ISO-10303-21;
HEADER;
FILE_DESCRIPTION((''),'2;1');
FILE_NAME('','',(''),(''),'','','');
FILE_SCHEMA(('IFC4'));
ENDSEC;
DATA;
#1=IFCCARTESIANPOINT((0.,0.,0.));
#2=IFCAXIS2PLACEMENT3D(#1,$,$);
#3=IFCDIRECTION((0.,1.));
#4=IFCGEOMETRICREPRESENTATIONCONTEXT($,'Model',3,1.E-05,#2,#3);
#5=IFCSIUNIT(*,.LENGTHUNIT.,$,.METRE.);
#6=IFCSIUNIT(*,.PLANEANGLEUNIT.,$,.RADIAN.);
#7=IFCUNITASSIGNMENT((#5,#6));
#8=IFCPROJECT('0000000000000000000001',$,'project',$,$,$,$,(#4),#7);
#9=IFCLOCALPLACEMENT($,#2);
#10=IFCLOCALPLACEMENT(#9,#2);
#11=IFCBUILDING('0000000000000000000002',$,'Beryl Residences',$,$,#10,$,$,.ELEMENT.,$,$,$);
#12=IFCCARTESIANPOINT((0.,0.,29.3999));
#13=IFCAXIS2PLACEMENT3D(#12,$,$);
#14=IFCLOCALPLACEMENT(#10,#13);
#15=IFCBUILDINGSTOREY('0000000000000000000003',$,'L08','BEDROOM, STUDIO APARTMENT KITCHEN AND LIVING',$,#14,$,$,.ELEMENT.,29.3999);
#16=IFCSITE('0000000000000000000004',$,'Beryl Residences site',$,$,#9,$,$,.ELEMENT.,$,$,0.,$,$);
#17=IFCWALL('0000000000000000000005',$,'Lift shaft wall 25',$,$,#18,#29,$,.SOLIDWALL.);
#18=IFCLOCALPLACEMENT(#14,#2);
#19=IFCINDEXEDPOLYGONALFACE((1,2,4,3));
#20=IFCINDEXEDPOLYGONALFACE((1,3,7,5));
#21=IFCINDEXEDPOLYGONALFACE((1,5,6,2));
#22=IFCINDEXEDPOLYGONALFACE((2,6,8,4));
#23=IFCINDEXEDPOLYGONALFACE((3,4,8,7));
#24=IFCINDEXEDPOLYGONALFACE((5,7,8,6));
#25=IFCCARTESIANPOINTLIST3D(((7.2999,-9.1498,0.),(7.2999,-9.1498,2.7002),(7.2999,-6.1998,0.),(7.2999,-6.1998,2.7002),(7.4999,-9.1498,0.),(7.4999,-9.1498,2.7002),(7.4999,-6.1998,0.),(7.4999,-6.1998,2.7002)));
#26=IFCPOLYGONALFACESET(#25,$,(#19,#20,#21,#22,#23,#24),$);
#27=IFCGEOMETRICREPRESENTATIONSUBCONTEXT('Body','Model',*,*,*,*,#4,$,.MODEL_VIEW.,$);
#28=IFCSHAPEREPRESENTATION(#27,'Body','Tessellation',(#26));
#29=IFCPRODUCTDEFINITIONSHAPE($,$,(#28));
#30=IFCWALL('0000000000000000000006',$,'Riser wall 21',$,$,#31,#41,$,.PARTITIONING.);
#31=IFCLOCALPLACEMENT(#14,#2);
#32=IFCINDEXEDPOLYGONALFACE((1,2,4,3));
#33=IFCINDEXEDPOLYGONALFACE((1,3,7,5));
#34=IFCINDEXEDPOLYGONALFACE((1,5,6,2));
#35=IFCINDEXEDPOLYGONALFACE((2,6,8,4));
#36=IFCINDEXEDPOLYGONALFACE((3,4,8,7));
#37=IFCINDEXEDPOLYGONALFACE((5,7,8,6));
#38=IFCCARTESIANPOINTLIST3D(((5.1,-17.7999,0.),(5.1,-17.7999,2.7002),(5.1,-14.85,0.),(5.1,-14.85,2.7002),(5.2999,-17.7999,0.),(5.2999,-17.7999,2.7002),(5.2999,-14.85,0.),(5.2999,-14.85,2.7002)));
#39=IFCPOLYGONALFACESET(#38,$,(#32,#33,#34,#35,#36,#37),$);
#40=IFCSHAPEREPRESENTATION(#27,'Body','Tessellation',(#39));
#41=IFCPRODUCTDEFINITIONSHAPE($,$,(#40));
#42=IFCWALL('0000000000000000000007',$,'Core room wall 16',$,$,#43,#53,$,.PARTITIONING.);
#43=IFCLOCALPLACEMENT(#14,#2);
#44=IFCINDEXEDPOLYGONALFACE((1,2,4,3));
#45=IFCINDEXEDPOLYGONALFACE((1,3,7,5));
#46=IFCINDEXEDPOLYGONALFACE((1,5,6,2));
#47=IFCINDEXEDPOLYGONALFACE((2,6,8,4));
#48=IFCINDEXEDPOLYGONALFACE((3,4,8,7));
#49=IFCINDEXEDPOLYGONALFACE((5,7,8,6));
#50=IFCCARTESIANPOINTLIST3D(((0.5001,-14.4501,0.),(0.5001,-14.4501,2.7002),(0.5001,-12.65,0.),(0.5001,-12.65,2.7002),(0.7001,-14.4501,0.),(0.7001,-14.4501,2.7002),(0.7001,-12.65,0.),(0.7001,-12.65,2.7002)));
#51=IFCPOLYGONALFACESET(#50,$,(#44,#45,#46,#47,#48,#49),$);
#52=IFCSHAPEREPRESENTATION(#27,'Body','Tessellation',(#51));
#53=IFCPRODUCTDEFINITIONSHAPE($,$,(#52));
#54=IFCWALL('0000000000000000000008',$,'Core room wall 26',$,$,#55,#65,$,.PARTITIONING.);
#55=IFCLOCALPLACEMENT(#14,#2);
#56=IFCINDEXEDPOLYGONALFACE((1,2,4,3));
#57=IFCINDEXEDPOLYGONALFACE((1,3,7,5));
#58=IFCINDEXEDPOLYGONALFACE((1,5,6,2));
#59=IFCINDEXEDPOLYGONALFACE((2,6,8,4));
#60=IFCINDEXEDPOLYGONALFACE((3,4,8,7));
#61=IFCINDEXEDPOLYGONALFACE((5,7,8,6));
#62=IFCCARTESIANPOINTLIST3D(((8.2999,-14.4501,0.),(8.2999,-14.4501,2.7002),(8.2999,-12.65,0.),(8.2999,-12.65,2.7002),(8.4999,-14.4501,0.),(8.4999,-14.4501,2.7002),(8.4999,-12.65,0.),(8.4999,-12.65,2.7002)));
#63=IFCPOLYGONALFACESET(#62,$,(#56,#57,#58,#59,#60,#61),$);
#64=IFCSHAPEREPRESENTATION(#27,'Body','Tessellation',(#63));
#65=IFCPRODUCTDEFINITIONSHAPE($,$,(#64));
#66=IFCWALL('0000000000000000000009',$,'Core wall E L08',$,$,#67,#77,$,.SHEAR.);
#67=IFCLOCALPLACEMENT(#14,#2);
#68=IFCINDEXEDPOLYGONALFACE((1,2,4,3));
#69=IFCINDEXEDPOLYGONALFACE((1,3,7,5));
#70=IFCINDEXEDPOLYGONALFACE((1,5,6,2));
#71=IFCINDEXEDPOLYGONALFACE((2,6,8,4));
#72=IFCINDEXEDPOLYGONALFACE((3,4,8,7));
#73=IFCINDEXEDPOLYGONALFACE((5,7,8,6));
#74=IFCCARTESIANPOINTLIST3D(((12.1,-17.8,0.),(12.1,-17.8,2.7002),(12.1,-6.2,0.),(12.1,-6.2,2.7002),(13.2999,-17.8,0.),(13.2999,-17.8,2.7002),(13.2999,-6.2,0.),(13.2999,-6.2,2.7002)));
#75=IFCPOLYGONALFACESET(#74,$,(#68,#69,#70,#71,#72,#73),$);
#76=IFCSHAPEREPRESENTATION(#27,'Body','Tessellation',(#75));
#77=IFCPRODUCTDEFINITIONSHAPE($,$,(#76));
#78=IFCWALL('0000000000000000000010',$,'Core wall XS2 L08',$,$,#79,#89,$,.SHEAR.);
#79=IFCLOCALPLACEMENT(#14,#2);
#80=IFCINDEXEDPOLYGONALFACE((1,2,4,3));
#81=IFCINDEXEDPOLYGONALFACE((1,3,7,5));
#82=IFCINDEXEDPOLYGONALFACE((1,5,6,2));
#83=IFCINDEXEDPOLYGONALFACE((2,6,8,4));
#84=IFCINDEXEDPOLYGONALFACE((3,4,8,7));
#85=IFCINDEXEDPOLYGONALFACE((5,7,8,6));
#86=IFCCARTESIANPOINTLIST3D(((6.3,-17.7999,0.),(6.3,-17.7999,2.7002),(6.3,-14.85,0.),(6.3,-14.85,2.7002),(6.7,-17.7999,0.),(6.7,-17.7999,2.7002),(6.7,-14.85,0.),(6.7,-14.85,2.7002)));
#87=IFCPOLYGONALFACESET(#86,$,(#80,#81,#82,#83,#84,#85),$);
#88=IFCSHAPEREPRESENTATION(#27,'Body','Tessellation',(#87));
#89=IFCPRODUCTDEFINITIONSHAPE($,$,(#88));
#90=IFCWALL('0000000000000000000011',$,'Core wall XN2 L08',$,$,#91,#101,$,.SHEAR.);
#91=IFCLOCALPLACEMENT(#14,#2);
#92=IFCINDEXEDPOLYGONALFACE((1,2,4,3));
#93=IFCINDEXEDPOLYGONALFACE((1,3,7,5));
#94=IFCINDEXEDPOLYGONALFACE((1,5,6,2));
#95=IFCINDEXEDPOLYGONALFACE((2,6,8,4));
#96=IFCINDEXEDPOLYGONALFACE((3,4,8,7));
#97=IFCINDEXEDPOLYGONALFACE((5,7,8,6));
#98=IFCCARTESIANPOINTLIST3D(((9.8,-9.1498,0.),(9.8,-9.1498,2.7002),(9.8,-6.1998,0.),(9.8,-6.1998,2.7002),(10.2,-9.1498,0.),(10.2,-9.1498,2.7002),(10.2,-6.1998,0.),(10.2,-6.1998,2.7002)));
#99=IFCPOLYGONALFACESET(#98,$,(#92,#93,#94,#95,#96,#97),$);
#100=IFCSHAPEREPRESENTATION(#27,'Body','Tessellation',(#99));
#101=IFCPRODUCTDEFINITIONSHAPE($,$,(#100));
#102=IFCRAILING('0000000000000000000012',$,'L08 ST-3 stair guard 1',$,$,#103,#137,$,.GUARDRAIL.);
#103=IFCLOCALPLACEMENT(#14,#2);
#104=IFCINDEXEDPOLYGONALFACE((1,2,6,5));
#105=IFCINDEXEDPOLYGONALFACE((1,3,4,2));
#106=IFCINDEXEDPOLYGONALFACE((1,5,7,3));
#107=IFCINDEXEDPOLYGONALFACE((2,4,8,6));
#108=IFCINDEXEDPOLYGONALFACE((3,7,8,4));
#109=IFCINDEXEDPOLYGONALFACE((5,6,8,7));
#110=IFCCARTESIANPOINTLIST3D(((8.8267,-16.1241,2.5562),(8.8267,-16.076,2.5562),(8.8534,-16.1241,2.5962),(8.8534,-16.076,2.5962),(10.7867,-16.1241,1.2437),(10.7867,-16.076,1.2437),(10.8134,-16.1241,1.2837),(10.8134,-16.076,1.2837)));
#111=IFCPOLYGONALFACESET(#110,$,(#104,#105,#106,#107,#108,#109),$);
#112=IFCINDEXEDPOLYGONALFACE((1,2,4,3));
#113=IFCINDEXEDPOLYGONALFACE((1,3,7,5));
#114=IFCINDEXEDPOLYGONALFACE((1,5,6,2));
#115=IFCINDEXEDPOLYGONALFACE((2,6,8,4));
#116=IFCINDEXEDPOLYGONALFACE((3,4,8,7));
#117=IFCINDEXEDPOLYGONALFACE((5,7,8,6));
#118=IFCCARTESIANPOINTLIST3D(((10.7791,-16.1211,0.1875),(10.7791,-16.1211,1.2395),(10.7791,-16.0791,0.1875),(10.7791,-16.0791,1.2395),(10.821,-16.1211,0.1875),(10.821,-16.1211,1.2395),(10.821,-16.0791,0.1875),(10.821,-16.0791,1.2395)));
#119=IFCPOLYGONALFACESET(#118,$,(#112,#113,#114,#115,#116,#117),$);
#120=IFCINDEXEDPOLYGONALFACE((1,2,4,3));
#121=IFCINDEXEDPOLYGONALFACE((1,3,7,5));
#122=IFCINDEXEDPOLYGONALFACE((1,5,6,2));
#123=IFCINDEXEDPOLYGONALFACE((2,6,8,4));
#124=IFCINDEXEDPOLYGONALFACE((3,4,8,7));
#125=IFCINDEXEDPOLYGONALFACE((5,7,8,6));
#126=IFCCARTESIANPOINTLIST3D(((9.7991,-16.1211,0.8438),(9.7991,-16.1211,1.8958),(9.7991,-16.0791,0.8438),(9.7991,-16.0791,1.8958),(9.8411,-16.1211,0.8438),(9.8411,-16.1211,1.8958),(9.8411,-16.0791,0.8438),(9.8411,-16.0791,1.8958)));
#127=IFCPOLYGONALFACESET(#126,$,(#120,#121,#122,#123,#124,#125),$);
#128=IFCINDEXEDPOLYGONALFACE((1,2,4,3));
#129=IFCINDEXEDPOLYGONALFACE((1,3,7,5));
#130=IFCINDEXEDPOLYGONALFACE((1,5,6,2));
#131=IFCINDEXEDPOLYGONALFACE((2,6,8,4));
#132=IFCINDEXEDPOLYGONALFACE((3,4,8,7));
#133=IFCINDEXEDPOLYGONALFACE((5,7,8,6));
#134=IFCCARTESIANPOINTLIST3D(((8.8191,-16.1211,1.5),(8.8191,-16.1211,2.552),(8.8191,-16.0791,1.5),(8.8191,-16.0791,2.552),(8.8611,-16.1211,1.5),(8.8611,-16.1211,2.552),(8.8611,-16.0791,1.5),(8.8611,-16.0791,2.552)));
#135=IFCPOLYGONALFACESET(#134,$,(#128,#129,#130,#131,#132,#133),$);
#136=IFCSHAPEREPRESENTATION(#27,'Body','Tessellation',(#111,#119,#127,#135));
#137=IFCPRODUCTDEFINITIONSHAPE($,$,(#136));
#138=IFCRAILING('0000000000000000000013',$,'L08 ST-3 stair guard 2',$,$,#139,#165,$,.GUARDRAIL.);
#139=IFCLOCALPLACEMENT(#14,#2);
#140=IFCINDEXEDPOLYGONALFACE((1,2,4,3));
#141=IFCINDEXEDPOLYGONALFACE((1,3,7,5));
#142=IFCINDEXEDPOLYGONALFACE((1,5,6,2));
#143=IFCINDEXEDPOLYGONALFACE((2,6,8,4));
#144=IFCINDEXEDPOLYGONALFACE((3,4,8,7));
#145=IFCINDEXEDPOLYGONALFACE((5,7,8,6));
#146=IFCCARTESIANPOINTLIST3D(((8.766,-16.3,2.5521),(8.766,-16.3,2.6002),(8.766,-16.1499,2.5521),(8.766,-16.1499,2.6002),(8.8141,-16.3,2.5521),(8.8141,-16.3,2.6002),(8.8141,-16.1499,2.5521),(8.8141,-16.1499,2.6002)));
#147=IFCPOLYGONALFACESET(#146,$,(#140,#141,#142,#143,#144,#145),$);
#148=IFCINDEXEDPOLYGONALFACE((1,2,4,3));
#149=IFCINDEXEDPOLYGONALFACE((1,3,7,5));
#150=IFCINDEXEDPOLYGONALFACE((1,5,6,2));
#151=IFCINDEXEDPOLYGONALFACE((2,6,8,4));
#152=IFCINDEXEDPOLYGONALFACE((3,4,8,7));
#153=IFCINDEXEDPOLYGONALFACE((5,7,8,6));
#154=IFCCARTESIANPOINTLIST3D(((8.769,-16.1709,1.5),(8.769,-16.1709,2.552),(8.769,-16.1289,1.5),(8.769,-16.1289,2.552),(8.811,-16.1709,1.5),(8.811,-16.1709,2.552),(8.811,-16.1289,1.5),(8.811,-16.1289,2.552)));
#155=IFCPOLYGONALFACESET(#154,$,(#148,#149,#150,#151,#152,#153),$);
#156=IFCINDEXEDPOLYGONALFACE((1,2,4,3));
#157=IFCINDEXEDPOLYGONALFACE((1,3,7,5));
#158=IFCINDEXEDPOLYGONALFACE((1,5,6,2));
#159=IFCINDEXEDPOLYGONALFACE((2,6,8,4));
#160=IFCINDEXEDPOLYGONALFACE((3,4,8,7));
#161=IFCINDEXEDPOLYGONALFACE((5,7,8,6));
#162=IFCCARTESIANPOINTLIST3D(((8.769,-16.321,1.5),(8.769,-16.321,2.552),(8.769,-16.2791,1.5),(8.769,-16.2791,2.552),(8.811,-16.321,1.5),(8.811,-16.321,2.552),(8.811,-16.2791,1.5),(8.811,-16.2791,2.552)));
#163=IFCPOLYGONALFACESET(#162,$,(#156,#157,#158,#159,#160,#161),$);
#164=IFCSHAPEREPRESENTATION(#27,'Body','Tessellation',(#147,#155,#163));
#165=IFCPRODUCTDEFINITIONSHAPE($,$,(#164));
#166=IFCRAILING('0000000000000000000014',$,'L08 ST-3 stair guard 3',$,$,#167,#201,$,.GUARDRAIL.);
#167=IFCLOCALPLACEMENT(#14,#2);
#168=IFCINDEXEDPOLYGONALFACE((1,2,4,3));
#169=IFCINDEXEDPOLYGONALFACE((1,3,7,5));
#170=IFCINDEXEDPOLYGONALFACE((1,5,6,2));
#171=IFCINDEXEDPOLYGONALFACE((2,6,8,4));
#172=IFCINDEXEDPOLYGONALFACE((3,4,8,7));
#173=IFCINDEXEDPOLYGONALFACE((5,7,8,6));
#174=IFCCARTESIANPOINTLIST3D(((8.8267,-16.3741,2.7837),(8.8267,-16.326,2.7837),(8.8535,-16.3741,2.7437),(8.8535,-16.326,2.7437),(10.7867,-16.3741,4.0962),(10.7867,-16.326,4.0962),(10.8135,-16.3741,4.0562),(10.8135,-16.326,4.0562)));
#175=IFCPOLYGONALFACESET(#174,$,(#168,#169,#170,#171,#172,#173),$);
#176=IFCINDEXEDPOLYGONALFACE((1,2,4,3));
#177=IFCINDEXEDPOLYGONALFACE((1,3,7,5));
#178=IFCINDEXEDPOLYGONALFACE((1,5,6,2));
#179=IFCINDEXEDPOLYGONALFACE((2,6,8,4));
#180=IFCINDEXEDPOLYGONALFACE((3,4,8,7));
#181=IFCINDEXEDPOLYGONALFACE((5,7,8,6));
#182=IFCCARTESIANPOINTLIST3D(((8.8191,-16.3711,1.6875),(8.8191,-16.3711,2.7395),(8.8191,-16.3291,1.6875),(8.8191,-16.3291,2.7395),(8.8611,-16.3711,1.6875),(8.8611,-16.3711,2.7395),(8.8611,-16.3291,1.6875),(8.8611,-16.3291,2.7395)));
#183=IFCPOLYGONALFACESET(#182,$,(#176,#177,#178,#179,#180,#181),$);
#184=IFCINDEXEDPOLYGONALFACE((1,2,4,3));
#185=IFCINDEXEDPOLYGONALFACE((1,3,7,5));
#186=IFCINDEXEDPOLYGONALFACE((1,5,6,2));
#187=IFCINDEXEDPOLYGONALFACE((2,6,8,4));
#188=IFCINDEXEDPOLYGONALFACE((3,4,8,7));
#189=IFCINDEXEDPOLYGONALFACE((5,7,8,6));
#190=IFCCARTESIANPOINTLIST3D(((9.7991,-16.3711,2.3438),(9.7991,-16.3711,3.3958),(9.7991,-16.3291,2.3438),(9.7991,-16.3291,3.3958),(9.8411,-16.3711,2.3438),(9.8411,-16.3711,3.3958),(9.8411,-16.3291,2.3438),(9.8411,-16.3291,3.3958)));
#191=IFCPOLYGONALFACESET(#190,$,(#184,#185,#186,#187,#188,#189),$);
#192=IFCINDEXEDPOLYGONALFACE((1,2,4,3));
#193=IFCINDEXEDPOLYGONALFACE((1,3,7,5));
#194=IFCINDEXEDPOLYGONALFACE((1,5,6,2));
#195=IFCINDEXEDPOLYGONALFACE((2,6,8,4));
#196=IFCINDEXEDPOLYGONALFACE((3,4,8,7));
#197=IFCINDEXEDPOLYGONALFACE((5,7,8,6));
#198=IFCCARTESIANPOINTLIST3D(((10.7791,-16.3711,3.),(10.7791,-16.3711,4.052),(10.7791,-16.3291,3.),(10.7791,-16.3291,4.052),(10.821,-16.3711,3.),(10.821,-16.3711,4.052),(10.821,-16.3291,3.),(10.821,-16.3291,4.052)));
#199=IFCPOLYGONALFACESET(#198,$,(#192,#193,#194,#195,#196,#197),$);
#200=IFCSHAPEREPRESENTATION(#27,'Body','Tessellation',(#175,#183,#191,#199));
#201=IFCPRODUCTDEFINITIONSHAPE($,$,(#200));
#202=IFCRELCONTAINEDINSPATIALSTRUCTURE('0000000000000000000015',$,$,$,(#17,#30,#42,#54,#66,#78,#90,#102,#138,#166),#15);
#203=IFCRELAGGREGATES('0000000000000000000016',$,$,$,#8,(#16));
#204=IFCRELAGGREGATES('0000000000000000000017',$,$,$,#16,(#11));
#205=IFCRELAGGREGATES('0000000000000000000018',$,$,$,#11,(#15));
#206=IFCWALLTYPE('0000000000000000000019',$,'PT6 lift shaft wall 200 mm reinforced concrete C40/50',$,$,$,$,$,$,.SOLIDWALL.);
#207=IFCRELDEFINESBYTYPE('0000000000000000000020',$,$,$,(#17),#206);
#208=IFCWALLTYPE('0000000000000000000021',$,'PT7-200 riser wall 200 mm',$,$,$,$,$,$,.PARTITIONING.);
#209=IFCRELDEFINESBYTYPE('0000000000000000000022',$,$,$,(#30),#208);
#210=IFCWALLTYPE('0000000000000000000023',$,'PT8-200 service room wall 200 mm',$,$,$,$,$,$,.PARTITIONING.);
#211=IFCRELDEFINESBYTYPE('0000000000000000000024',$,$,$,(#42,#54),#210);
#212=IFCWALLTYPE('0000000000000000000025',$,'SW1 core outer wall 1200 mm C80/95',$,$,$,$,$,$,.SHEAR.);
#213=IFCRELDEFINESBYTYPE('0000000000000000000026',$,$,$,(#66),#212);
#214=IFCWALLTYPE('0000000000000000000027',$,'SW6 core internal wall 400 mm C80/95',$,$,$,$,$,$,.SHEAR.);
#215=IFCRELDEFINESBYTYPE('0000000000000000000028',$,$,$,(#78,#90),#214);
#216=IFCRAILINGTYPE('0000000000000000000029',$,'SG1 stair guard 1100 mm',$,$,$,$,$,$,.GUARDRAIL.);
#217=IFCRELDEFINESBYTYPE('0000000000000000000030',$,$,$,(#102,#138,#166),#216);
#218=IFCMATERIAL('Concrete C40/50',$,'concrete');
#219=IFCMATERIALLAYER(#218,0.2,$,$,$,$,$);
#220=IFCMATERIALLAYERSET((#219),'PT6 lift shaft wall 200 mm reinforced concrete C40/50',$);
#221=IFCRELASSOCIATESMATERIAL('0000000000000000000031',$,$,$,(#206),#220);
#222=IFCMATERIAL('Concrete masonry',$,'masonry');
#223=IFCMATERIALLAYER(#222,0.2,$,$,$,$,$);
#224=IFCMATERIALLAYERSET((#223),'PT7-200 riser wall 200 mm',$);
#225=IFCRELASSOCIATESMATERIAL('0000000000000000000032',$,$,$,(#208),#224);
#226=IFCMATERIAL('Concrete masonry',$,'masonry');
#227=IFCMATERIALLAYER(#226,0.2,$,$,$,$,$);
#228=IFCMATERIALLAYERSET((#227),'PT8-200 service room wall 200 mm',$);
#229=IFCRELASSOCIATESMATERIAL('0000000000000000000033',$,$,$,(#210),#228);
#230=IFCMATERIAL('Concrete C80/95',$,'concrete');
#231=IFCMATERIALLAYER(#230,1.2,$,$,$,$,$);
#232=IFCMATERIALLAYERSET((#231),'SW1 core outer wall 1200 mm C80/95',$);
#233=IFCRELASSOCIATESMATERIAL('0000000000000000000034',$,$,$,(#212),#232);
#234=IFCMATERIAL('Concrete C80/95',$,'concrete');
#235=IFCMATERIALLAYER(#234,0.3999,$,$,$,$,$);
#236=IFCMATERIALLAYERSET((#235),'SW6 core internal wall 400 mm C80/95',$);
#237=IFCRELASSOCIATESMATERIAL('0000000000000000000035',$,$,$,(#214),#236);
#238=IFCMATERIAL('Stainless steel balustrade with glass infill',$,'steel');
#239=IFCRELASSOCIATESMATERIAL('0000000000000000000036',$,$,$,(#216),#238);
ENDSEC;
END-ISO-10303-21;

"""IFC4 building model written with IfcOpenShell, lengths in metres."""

from ifc_helpers import new_model, si_unit, direction, frame, frame_2d, origin, origin_2d, place, context, subcontext, project, spatial, rectangle, extrude, material, layer, layer_set, type_object, element, save


model = new_model("IFC4")

# Units and contexts
model_context = context("Model", 3, precision=1e-05, world=origin(), true_north=direction((0.0, 1.0)))
body_context = subcontext(model_context, "Body", "Model", "MODEL_VIEW")
ifc_project = project(units=[si_unit("LENGTHUNIT", "METRE"), si_unit("PLANEANGLEUNIT", "RADIAN")], contexts=[model_context])

# Site, building, storey
site_placement = place(None, origin())
site = spatial("IfcSite", under=ifc_project, at=site_placement, Name="Beryl Residences site", CompositionType="ELEMENT", RefElevation=0.0)
building_placement = place(site_placement, origin())
building = spatial("IfcBuilding", under=site, at=building_placement, Name="Beryl Residences", CompositionType="ELEMENT")
storey_placement = place(building_placement, frame((0.0, 0.0, 29.3999)))
storey = spatial("IfcBuildingStorey", under=building, at=storey_placement, Name="L08", Description="BEDROOM, STUDIO APARTMENT KITCHEN AND LIVING", CompositionType="ELEMENT", Elevation=29.3999)

# Walls
ifc_material_1 = material(Name="Concrete C40/50", Category="concrete")
ifc_layer_1 = layer(ifc_material_1, 0.2)
ifc_layer_set_1 = layer_set([ifc_layer_1], Name="PT6 lift shaft wall 200 mm reinforced concrete C40/50")
wall_type_1 = type_object("IfcWallType", Name="PT6 lift shaft wall 200 mm reinforced concrete C40/50", PredefinedType="SOLIDWALL", material=ifc_layer_set_1)
for number, where, z_axis, x_axis, name in (
    (1, (7.3999, -9.1499, 0.0), (0.0, 0.0, 1.0), (0.0, 1.0, 0.0), "Lift shaft wall 25"),
):
    element("IfcWall", number, at=place(storey_placement, frame(where, z_axis=z_axis, x_axis=x_axis)), inside=storey, type_object=wall_type_1, Name=name, PredefinedType="SOLIDWALL", context=body_context, shape_type="SweptSolid", body=[
        extrude(rectangle(XDim=2.95, YDim=0.2, at=frame_2d((1.4751, 0.0))), origin(), (0.0, 0.0, 1.0), 2.7002),
    ])
ifc_material_2 = material(Name="Concrete masonry", Category="masonry")
ifc_layer_2 = layer(ifc_material_2, 0.2)
ifc_layer_set_2 = layer_set([ifc_layer_2], Name="PT7-200 riser wall 200 mm")
wall_type_2 = type_object("IfcWallType", Name="PT7-200 riser wall 200 mm", PredefinedType="PARTITIONING", material=ifc_layer_set_2)
wall_1_placement = place(storey_placement, frame((5.2, -17.8, 0.0), z_axis=(0.0, 0.0, 1.0), x_axis=(0.0, 1.0, 0.0)))
element("IfcWall", 2, at=wall_1_placement, inside=storey, type_object=wall_type_2, Name="Riser wall 21", PredefinedType="PARTITIONING", context=body_context, shape_type="SweptSolid", body=[
    extrude(rectangle(XDim=2.95, YDim=0.2, at=frame_2d((1.4751, 0.0))), origin(), (0.0, 0.0, 1.0), 2.7002),
])
ifc_material_3 = material(Name="Concrete masonry", Category="masonry")
ifc_layer_3 = layer(ifc_material_3, 0.2)
ifc_layer_set_3 = layer_set([ifc_layer_3], Name="PT8-200 service room wall 200 mm")
wall_type_3 = type_object("IfcWallType", Name="PT8-200 service room wall 200 mm", PredefinedType="PARTITIONING", material=ifc_layer_set_3)
for number, where, z_axis, x_axis, name in (
    (3, (0.6001, -14.45, 0.0), (0.0, 0.0, 1.0), (0.0, 1.0, 0.0), "Core room wall 16"),
    (4, (8.3999, -14.45, 0.0), (0.0, 0.0, 1.0), (0.0, 1.0, 0.0), "Core room wall 26"),
):
    element("IfcWall", number, at=place(storey_placement, frame(where, z_axis=z_axis, x_axis=x_axis)), inside=storey, type_object=wall_type_3, Name=name, PredefinedType="PARTITIONING", context=body_context, shape_type="SweptSolid", body=[
        extrude(rectangle(XDim=1.8, YDim=0.2, at=frame_2d((0.8999, 0.0))), origin(), (0.0, 0.0, 1.0), 2.7002),
    ])
ifc_material_4 = material(Name="Concrete C80/95", Category="concrete")
ifc_layer_4 = layer(ifc_material_4, 1.2)
ifc_layer_set_4 = layer_set([ifc_layer_4], Name="SW1 core outer wall 1200 mm C80/95")
wall_type_4 = type_object("IfcWallType", Name="SW1 core outer wall 1200 mm C80/95", PredefinedType="SHEAR", material=ifc_layer_set_4)
wall_2_placement = place(storey_placement, frame((12.7, -17.8, 0.0), z_axis=(0.0, 0.0, 1.0), x_axis=(0.0, 1.0, 0.0)))
element("IfcWall", 5, at=wall_2_placement, inside=storey, type_object=wall_type_4, Name="Core wall E L08", PredefinedType="SHEAR", context=body_context, shape_type="SweptSolid", body=[
    extrude(rectangle(XDim=11.6001, YDim=1.2, at=frame_2d((5.8, 0.0))), origin(), (0.0, 0.0, 1.0), 2.7002),
])
ifc_material_5 = material(Name="Concrete C80/95", Category="concrete")
ifc_layer_5 = layer(ifc_material_5, 0.3999)
ifc_layer_set_5 = layer_set([ifc_layer_5], Name="SW6 core internal wall 400 mm C80/95")
wall_type_5 = type_object("IfcWallType", Name="SW6 core internal wall 400 mm C80/95", PredefinedType="SHEAR", material=ifc_layer_set_5)
for number, where, z_axis, x_axis, name in (
    (6, (6.5, -17.8, 0.0), (0.0, 0.0, 1.0), (0.0, 1.0, 0.0), "Core wall XS2 L08"),
    (7, (10.0, -9.1499, 0.0), (0.0, 0.0, 1.0), (0.0, 1.0, 0.0), "Core wall XN2 L08"),
):
    element("IfcWall", number, at=place(storey_placement, frame(where, z_axis=z_axis, x_axis=x_axis)), inside=storey, type_object=wall_type_5, Name=name, PredefinedType="SHEAR", context=body_context, shape_type="SweptSolid", body=[
        extrude(rectangle(XDim=2.95, YDim=0.3999, at=frame_2d((1.4751, 0.0))), origin(), (0.0, 0.0, 1.0), 2.7002),
    ])

# Railings
ifc_material_6 = material(Name="Stainless steel balustrade with glass infill", Category="steel")
railing_type_1 = type_object("IfcRailingType", Name="SG1 stair guard 1100 mm", PredefinedType="GUARDRAIL", material=ifc_material_6)
railing_1_placement = place(storey_placement, frame((10.8, -16.1001, 0.1875)))
element("IfcRailing", 8, at=railing_1_placement, inside=storey, type_object=railing_type_1, Name="L08 ST-3 stair guard 1", PredefinedType="GUARDRAIL", context=body_context, shape_type="SweptSolid", body=[
    extrude(rectangle(XDim=0.0481, YDim=0.0481, at=origin_2d()), frame((0.0, 0.0, 1.0762), z_axis=(-0.830902, 0.0, 0.556419), x_axis=(0.0, -1.0, 0.0)), (0.0, 0.0, 1.0), 2.3589),
    extrude(rectangle(XDim=0.042, YDim=0.042, at=origin_2d()), origin(), (0.0, 0.0, 1.0), 1.052),
    extrude(rectangle(XDim=0.042, YDim=0.042, at=origin_2d()), frame((-0.98, 0.0, 0.6562)), (0.0, 0.0, 1.0), 1.052),
    extrude(rectangle(XDim=0.042, YDim=0.042, at=origin_2d()), frame((-1.96, 0.0, 1.3125)), (0.0, 0.0, 1.0), 1.052),
])
railing_2_placement = place(storey_placement, frame((8.79, -16.1499, 1.5)))
element("IfcRailing", 9, at=railing_2_placement, inside=storey, type_object=railing_type_1, Name="L08 ST-3 stair guard 2", PredefinedType="GUARDRAIL", context=body_context, shape_type="SweptSolid", body=[
    extrude(rectangle(XDim=0.0481, YDim=0.0481, at=origin_2d()), frame((0.0, 0.0, 1.0762), z_axis=(0.0, -1.0, 0.0), x_axis=(1.0, 0.0, 0.0)), (0.0, 0.0, 1.0), 0.1501),
    extrude(rectangle(XDim=0.042, YDim=0.042, at=origin_2d()), origin(), (0.0, 0.0, 1.0), 1.052),
    extrude(rectangle(XDim=0.042, YDim=0.042, at=origin_2d()), frame((0.0, -0.1501, 0.0)), (0.0, 0.0, 1.0), 1.052),
])
railing_3_placement = place(storey_placement, frame((8.8401, -16.3501, 1.6875)))
element("IfcRailing", 10, at=railing_3_placement, inside=storey, type_object=railing_type_1, Name="L08 ST-3 stair guard 3", PredefinedType="GUARDRAIL", context=body_context, shape_type="SweptSolid", body=[
    extrude(rectangle(XDim=0.0481, YDim=0.0481, at=origin_2d()), frame((0.0, 0.0, 1.0762), z_axis=(0.830902, 0.0, 0.556419), x_axis=(0.0, 1.0, 0.0)), (0.0, 0.0, 1.0), 2.3589),
    extrude(rectangle(XDim=0.042, YDim=0.042, at=origin_2d()), origin(), (0.0, 0.0, 1.0), 1.052),
    extrude(rectangle(XDim=0.042, YDim=0.042, at=origin_2d()), frame((0.98, 0.0, 0.6562)), (0.0, 0.0, 1.0), 1.052),
    extrude(rectangle(XDim=0.042, YDim=0.042, at=origin_2d()), frame((1.96, 0.0, 1.3125)), (0.0, 0.0, 1.0), 1.052),
])

save(model, "model.ifc")
